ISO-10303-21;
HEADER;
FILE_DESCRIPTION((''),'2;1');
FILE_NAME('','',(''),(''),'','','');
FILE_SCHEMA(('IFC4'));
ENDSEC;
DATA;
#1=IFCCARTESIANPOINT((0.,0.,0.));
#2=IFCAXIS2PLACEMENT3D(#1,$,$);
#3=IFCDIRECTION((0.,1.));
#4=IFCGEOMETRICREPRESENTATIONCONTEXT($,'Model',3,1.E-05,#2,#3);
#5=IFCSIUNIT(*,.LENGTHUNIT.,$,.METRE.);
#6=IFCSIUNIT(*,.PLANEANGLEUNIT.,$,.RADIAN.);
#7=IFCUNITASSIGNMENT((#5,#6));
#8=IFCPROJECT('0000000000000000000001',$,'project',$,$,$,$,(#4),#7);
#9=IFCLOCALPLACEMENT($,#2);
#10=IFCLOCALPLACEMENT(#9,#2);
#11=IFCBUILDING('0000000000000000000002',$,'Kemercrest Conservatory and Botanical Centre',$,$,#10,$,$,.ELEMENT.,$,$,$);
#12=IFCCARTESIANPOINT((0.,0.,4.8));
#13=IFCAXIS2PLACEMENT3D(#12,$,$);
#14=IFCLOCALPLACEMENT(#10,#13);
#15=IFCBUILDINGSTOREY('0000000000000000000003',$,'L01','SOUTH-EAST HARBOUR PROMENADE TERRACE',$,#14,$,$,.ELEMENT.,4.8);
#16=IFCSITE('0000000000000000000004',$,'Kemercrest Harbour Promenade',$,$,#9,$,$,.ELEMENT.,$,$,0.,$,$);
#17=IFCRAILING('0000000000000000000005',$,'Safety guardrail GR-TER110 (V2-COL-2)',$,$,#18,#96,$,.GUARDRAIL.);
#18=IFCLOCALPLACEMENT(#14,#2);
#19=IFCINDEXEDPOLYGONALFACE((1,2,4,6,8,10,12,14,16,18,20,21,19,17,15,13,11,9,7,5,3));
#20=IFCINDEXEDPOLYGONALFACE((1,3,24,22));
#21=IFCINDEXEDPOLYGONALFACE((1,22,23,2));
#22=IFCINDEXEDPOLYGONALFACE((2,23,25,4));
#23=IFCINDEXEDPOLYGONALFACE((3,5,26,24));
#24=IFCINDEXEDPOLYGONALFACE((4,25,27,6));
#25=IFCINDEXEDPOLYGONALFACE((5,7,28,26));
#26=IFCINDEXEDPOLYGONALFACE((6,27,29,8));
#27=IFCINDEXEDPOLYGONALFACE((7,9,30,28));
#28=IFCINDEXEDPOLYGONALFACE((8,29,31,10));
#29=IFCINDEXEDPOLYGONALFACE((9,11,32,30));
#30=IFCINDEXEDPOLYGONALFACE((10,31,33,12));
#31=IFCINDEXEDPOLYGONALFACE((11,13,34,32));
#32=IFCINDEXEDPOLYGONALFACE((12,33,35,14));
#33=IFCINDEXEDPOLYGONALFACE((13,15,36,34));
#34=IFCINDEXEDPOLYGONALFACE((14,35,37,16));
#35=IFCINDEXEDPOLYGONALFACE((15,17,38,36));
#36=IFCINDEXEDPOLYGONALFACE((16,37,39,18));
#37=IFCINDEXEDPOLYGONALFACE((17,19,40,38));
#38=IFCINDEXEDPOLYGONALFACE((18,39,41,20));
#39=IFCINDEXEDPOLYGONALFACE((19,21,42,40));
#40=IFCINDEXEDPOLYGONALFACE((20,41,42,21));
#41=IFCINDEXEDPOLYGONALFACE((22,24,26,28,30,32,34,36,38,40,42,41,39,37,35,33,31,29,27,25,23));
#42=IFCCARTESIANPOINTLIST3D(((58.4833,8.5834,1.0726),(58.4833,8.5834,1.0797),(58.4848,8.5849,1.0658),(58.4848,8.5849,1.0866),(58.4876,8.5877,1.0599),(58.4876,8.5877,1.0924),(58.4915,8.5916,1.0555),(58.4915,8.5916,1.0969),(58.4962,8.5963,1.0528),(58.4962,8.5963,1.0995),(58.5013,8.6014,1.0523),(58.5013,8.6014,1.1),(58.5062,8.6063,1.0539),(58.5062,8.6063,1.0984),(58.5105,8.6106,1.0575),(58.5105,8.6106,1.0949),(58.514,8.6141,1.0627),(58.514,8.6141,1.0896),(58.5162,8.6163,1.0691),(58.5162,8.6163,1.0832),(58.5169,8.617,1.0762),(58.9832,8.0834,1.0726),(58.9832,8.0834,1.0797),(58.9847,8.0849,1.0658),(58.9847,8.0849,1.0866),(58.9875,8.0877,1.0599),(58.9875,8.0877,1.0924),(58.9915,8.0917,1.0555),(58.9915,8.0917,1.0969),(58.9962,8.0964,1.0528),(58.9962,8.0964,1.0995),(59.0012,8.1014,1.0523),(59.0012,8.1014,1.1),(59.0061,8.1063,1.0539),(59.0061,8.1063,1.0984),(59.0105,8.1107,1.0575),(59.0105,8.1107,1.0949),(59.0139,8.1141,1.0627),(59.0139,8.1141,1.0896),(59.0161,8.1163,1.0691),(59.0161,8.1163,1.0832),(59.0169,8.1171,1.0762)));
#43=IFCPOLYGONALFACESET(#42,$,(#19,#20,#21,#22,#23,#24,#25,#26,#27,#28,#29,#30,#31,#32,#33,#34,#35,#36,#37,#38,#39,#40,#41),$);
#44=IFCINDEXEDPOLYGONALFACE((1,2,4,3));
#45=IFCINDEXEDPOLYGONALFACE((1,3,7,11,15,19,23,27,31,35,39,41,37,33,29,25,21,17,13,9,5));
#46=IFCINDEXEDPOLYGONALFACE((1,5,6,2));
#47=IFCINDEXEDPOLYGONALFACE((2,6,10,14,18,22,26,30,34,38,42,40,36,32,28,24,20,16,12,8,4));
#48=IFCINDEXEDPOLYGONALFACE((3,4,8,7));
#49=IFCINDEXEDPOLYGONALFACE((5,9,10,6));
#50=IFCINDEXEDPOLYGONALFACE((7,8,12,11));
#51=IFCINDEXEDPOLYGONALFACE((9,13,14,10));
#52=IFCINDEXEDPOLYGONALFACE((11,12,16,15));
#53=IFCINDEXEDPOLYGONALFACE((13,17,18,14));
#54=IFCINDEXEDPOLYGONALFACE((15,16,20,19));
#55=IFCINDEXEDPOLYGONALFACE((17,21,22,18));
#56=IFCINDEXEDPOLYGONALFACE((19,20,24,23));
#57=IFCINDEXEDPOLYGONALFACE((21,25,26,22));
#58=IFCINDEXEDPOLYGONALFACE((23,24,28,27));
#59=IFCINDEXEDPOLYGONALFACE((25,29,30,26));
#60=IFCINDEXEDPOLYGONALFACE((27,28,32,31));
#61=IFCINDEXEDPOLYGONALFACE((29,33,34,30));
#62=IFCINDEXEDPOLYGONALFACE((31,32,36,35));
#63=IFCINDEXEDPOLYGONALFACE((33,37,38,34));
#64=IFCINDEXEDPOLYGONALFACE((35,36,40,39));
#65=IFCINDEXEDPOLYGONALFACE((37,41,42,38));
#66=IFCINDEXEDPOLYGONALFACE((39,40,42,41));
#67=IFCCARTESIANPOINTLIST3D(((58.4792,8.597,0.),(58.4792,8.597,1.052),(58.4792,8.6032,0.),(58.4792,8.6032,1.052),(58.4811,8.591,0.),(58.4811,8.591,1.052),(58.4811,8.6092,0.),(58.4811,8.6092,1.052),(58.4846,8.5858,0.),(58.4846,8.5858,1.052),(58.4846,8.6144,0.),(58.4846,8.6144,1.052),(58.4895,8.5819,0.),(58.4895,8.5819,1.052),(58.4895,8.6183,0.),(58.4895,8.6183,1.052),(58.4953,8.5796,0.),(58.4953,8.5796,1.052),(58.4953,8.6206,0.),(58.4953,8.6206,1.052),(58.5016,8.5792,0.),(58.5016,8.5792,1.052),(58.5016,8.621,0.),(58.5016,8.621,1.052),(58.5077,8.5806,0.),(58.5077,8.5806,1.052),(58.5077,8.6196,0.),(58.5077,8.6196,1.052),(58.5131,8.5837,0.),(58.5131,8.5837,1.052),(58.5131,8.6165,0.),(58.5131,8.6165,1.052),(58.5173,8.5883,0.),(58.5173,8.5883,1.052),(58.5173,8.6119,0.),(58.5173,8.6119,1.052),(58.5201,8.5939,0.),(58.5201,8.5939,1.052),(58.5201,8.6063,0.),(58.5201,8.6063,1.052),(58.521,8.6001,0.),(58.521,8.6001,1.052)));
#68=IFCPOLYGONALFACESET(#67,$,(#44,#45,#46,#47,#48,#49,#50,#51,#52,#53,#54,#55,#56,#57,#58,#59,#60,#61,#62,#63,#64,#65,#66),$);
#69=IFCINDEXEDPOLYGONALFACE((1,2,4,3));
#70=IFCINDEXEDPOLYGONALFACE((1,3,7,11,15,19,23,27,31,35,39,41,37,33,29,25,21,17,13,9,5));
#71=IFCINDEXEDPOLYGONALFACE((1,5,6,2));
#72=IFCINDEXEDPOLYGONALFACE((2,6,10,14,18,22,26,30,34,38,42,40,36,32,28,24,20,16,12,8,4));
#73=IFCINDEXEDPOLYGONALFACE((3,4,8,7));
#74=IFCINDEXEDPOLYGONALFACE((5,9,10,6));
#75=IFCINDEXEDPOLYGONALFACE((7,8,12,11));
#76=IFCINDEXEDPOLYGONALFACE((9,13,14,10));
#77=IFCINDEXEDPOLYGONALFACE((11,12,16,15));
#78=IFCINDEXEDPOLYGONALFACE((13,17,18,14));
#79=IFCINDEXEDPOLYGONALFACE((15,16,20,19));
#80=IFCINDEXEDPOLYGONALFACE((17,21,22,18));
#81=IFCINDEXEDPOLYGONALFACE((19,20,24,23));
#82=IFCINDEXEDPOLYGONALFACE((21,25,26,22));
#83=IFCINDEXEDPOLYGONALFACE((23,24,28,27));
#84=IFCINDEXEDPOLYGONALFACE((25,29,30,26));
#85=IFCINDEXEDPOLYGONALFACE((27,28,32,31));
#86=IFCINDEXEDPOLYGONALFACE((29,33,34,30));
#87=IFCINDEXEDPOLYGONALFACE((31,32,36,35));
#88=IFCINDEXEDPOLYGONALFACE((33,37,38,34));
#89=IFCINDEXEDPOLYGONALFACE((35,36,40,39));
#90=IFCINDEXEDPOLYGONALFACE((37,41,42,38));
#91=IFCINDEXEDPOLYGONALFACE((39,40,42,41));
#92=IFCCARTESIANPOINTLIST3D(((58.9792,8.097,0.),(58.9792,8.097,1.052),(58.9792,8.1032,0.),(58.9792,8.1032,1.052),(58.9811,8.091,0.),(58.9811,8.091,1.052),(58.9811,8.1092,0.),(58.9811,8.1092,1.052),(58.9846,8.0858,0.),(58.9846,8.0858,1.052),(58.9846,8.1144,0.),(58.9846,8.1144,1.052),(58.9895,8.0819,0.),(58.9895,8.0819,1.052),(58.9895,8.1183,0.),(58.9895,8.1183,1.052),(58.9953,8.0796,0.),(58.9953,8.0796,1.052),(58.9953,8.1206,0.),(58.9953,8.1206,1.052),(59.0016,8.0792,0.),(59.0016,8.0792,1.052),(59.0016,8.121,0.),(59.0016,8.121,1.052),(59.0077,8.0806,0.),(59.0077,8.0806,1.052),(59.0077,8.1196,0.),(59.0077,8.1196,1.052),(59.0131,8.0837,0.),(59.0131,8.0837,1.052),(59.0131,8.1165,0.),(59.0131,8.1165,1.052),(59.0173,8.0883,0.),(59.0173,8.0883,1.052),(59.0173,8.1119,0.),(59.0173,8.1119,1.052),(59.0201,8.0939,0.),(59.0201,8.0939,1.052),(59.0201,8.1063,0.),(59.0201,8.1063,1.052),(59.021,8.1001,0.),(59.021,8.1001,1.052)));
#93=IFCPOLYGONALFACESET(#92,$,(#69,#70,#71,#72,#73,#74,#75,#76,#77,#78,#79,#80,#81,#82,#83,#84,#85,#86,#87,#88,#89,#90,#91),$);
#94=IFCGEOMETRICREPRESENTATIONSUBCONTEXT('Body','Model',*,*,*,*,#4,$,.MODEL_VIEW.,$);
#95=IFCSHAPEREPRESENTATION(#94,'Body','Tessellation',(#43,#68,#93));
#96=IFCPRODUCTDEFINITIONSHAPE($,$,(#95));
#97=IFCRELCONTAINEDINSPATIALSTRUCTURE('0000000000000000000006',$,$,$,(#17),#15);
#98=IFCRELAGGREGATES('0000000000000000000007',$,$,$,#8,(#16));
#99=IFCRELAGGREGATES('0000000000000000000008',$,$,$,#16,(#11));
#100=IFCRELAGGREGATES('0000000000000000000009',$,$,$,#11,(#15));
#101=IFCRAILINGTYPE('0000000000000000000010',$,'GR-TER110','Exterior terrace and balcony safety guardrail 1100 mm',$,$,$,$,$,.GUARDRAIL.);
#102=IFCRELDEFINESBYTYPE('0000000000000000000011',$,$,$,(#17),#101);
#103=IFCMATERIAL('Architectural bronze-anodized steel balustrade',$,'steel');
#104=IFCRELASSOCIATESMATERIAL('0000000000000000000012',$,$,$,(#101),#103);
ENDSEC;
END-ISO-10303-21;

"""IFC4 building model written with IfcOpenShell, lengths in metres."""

from ifc_helpers import new_model, si_unit, direction, frame, origin, origin_2d, place, context, subcontext, project, spatial, circle, extrude, material, type_object, element, save


model = new_model("IFC4")

# Units and contexts
model_context = context("Model", 3, precision=1e-05, world=origin(), true_north=direction((0.0, 1.0)))
body_context = subcontext(model_context, "Body", "Model", "MODEL_VIEW")
ifc_project = project(units=[si_unit("LENGTHUNIT", "METRE"), si_unit("PLANEANGLEUNIT", "RADIAN")], contexts=[model_context])

# Site, building, storey
site_placement = place(None, origin())
site = spatial("IfcSite", under=ifc_project, at=site_placement, Name="Kemercrest Harbour Promenade", CompositionType="ELEMENT", RefElevation=0.0)
building_placement = place(site_placement, origin())
building = spatial("IfcBuilding", under=site, at=building_placement, Name="Kemercrest Conservatory and Botanical Centre", CompositionType="ELEMENT")
storey_placement = place(building_placement, frame((0.0, 0.0, 4.8)))
storey = spatial("IfcBuildingStorey", under=building, at=storey_placement, Name="L01", Description="SOUTH-EAST HARBOUR PROMENADE TERRACE", CompositionType="ELEMENT", Elevation=4.8)

# Railing
ifc_material_1 = material(Name="Architectural bronze-anodized steel balustrade", Category="steel")
railing_type_1 = type_object("IfcRailingType", Name="GR-TER110", Description="Exterior terrace and balcony safety guardrail 1100 mm", PredefinedType="GUARDRAIL", material=ifc_material_1)
railing_1_placement = place(storey_placement, frame((58.5, 8.6001, 0.0)))
element("IfcRailing", 1, at=railing_1_placement, inside=storey, type_object=railing_type_1, Name="Safety guardrail GR-TER110 (V2-COL-2)", PredefinedType="GUARDRAIL", context=body_context, shape_type="SweptSolid", body=[
    extrude(circle(Radius=0.0239, at=origin_2d()), frame((0.0, 0.0, 1.0762), z_axis=(0.707107, -0.707107, 0.0), x_axis=(0.707107, 0.707107, 0.0)), (0.0, 0.0, 1.0), 0.707),
    extrude(circle(Radius=0.021, at=origin_2d()), origin(), (0.0, 0.0, 1.0), 1.052),
    extrude(circle(Radius=0.021, at=origin_2d()), frame((0.5, -0.5, 0.0)), (0.0, 0.0, 1.0), 1.052),
])

save(model, "model.ifc")
